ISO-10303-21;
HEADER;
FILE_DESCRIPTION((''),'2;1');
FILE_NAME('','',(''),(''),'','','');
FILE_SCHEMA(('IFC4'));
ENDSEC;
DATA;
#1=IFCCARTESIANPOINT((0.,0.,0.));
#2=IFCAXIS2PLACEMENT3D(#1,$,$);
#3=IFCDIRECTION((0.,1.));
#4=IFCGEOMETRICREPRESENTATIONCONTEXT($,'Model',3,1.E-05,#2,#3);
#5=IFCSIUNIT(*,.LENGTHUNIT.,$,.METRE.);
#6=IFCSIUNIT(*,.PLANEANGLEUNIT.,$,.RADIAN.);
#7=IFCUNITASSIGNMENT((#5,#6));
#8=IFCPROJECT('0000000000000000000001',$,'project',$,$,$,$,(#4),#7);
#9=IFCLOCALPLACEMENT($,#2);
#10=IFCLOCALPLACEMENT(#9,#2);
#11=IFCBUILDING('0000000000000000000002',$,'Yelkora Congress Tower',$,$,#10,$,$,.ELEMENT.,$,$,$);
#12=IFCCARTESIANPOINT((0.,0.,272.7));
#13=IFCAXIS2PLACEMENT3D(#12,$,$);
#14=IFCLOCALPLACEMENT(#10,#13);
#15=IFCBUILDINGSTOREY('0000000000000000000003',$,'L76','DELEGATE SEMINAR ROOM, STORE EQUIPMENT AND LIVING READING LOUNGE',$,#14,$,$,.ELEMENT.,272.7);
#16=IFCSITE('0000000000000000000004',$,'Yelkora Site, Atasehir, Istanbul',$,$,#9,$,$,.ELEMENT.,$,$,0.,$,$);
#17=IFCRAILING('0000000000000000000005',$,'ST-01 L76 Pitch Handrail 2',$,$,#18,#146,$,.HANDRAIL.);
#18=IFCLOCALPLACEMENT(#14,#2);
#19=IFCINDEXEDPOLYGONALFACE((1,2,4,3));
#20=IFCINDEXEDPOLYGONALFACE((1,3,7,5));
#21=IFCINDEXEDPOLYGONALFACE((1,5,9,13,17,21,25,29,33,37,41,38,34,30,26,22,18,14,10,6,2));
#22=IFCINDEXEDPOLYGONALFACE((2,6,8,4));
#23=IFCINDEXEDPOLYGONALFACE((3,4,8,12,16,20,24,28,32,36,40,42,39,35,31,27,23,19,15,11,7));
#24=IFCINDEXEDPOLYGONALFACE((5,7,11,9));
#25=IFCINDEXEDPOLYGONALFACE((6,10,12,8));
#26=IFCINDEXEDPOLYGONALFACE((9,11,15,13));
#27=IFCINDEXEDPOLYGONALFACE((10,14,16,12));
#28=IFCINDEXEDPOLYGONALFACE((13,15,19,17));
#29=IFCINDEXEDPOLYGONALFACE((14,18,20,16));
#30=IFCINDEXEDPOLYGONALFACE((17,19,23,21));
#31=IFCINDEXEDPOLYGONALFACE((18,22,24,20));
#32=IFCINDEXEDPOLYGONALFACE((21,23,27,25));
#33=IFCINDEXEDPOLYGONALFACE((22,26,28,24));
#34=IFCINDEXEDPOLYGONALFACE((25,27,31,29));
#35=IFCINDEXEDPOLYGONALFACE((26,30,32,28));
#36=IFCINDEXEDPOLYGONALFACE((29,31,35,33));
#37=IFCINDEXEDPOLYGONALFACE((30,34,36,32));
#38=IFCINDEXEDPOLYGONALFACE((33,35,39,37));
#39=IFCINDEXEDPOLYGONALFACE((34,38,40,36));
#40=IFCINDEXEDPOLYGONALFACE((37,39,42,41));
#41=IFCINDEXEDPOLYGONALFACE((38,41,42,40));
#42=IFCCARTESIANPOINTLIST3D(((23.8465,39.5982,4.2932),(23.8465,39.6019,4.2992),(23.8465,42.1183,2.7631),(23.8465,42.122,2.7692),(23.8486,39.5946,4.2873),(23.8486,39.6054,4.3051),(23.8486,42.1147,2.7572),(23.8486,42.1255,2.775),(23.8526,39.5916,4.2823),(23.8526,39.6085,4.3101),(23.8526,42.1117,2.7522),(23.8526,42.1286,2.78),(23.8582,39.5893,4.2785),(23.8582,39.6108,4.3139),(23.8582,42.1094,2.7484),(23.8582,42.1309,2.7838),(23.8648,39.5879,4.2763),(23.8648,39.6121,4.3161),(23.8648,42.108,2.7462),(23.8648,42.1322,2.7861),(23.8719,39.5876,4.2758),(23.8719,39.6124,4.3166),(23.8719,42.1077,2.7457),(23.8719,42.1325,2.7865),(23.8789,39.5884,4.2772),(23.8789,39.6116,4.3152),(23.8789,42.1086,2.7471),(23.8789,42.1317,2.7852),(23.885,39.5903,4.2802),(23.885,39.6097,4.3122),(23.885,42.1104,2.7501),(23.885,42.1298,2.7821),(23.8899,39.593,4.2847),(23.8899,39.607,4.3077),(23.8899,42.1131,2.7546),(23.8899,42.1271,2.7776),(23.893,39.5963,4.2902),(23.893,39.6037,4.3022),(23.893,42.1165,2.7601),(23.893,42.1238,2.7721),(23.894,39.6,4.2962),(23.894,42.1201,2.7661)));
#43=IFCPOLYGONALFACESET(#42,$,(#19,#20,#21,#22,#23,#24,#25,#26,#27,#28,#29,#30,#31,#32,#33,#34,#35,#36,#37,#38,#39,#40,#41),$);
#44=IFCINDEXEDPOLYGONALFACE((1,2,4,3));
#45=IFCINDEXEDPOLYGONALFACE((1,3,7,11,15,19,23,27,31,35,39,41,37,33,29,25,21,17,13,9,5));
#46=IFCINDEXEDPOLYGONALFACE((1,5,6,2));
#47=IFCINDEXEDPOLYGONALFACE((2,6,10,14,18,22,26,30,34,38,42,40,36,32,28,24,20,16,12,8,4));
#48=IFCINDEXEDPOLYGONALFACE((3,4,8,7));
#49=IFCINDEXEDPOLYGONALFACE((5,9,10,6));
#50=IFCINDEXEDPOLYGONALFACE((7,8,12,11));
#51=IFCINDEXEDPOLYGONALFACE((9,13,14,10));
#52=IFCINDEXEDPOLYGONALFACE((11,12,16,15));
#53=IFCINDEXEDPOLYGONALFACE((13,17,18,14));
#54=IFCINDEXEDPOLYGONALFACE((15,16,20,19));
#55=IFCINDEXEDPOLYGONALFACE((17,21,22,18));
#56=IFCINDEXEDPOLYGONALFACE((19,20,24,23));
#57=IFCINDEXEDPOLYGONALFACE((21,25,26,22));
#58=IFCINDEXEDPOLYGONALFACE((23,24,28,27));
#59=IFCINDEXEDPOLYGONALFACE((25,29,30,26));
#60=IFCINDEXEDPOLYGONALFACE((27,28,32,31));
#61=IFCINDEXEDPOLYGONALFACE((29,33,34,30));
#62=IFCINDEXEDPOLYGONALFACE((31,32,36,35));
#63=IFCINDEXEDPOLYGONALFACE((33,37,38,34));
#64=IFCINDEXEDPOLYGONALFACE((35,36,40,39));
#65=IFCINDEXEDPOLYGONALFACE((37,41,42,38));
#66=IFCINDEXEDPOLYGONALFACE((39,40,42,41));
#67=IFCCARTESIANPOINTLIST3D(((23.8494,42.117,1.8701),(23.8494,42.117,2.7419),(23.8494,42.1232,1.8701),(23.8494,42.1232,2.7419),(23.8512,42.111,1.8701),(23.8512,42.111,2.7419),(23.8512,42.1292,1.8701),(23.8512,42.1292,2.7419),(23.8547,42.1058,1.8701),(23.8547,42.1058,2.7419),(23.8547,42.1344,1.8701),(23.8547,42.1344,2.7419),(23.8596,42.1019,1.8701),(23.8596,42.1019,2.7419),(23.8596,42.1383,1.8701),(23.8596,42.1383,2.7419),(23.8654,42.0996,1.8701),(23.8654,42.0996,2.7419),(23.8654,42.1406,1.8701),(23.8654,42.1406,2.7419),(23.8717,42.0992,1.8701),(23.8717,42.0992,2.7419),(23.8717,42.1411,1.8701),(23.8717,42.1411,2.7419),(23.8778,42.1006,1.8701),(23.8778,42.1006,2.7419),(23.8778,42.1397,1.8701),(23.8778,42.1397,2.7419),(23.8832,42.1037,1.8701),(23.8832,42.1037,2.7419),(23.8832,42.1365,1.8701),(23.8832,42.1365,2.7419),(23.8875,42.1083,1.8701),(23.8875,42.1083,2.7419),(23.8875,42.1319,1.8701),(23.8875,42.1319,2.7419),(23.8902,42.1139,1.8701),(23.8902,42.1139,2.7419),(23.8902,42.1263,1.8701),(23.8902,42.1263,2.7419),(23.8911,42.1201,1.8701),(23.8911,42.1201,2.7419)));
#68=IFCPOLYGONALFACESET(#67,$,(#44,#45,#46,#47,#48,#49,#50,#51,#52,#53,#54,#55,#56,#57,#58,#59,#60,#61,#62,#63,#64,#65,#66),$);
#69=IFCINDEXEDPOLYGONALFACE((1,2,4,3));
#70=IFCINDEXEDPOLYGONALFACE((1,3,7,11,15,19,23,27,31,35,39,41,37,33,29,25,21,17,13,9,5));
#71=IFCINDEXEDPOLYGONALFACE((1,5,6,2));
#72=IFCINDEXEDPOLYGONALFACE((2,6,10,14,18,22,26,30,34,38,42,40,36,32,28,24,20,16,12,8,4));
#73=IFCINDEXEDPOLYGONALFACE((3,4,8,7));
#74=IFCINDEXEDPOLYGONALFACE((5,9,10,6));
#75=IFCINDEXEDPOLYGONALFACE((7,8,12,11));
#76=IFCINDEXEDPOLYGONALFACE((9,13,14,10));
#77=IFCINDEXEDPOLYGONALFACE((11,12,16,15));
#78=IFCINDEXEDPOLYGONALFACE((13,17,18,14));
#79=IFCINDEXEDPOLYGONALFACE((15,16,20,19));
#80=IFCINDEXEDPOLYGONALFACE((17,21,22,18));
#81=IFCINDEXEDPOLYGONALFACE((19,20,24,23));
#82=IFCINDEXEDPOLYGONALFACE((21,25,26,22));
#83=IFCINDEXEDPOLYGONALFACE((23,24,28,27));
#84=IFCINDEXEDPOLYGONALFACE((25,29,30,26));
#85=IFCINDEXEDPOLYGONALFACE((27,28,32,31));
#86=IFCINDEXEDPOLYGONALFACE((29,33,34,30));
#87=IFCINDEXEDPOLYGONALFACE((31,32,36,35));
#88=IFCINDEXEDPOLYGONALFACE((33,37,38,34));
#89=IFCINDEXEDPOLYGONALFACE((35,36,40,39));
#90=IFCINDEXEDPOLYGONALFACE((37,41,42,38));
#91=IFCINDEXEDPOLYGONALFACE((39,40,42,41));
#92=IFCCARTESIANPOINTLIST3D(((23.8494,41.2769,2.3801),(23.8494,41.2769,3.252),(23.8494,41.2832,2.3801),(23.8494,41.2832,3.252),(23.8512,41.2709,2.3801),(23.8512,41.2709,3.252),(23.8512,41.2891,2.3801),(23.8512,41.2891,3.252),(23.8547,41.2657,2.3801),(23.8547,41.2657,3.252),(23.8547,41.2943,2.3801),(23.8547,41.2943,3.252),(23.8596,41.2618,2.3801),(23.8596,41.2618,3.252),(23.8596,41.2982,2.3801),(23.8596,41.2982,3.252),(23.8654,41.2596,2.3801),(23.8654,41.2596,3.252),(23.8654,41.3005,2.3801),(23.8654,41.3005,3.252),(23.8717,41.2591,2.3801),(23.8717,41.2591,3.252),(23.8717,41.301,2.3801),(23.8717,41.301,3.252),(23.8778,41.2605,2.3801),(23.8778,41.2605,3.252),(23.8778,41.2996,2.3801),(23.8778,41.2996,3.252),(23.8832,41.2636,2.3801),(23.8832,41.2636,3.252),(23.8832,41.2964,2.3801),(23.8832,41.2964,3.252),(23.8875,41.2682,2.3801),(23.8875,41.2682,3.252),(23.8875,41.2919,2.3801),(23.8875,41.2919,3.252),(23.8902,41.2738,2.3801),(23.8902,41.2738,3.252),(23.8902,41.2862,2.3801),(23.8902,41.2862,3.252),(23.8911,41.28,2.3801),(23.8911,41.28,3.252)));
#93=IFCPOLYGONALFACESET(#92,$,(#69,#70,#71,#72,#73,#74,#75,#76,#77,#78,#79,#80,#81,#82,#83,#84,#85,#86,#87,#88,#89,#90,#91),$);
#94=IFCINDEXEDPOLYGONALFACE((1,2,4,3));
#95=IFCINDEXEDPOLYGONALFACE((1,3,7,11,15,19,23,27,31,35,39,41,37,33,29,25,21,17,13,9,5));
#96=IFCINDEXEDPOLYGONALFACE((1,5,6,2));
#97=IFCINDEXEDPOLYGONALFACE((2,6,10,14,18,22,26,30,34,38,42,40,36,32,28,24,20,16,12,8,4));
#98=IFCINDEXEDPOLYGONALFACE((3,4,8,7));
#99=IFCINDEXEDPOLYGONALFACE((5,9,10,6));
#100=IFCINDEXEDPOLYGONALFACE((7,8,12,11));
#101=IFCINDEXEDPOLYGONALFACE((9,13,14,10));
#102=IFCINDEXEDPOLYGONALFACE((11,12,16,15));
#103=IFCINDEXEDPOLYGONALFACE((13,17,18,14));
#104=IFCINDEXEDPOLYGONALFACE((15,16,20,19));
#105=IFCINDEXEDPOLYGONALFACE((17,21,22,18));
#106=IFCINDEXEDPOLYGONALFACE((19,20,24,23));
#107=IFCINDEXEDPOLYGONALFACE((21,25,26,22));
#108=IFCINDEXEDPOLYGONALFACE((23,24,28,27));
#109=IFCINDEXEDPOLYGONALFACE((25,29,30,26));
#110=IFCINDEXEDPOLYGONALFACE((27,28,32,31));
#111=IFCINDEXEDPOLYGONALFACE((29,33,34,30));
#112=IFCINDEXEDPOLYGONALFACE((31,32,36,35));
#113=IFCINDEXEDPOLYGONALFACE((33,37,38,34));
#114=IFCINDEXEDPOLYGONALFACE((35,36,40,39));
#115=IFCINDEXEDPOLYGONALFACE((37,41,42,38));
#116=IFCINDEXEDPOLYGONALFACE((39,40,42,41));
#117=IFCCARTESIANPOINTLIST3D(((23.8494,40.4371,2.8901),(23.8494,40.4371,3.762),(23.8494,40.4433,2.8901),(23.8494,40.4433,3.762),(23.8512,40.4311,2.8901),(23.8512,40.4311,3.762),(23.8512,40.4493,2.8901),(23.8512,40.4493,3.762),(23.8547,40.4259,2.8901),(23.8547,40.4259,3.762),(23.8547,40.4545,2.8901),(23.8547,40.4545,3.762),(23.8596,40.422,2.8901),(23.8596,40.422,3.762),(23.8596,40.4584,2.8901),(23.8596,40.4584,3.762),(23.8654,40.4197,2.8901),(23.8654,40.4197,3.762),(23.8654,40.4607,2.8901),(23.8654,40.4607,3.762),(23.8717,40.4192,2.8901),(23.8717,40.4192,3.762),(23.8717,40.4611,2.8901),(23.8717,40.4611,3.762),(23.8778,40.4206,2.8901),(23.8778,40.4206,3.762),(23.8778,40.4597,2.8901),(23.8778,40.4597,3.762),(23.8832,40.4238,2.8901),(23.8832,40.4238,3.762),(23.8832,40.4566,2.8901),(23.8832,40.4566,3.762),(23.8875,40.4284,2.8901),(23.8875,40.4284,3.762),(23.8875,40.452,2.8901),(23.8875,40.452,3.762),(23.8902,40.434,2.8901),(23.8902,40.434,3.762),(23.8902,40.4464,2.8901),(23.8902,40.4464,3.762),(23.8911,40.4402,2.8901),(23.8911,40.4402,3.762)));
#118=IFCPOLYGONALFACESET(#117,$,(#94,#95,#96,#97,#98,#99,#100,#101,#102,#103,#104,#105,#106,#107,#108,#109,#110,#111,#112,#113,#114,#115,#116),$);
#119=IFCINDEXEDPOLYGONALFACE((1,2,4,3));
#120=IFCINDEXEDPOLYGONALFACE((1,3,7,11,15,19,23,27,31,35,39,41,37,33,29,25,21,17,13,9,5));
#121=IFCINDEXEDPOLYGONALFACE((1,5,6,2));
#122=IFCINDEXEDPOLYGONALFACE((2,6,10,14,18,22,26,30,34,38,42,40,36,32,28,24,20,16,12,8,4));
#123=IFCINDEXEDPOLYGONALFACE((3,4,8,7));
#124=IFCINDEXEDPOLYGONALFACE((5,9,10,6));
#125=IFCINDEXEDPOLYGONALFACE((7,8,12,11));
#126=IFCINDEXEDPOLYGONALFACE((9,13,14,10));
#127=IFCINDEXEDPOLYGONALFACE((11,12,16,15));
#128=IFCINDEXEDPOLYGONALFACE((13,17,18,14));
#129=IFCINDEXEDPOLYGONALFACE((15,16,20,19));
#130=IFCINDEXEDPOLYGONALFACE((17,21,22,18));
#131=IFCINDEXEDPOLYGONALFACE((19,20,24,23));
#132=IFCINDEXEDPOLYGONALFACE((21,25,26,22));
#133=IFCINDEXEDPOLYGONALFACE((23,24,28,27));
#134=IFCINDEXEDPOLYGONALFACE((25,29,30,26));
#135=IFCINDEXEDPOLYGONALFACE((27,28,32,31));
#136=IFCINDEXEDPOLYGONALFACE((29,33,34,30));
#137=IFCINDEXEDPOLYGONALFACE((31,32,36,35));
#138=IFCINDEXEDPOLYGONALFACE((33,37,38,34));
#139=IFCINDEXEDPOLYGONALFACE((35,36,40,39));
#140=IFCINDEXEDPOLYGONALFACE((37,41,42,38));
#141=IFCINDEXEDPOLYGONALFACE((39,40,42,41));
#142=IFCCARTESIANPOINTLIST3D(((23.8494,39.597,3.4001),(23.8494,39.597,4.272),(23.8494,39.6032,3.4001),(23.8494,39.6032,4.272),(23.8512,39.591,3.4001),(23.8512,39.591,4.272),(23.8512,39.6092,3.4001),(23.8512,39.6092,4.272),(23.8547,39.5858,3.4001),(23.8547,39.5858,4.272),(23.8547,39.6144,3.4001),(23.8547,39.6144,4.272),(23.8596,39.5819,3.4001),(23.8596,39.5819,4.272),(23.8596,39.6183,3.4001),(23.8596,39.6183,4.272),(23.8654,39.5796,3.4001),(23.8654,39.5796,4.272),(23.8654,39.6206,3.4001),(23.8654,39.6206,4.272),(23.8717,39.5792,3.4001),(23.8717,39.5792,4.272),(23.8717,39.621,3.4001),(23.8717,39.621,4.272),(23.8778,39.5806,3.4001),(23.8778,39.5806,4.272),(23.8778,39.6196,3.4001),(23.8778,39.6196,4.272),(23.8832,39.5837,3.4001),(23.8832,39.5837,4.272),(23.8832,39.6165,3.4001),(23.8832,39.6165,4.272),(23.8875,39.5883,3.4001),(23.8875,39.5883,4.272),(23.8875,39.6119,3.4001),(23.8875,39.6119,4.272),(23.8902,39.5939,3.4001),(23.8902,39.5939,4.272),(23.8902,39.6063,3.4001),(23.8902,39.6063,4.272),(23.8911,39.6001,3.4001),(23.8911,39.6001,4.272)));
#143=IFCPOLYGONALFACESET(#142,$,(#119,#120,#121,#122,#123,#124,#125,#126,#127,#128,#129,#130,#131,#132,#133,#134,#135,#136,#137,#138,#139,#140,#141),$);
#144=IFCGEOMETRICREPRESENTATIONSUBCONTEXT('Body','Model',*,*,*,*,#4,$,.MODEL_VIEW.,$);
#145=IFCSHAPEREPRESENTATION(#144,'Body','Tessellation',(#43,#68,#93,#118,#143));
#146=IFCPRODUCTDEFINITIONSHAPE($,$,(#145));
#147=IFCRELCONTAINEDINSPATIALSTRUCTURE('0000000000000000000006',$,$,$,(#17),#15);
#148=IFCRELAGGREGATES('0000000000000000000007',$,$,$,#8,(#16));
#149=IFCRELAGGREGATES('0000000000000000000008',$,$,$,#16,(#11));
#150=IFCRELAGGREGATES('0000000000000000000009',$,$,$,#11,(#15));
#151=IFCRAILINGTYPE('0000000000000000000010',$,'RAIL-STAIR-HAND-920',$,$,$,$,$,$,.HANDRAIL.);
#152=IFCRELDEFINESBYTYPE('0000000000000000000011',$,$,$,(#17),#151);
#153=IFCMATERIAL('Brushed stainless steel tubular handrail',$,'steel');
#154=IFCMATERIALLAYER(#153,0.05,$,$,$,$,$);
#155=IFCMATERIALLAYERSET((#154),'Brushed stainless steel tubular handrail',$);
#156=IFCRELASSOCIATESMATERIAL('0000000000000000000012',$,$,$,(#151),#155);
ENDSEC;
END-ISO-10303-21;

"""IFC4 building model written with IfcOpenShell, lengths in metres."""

from ifc_helpers import new_model, si_unit, direction, frame, origin, origin_2d, place, context, subcontext, project, spatial, circle, extrude, material, layer, layer_set, type_object, element, save


model = new_model("IFC4")

# Units and contexts
model_context = context("Model", 3, precision=1e-05, world=origin(), true_north=direction((0.0, 1.0)))
body_context = subcontext(model_context, "Body", "Model", "MODEL_VIEW")
ifc_project = project(units=[si_unit("LENGTHUNIT", "METRE"), si_unit("PLANEANGLEUNIT", "RADIAN")], contexts=[model_context])

# Site, building, storey
site_placement = place(None, origin())
site = spatial("IfcSite", under=ifc_project, at=site_placement, Name="Yelkora Site, Atasehir, Istanbul", CompositionType="ELEMENT", RefElevation=0.0)
building_placement = place(site_placement, origin())
building = spatial("IfcBuilding", under=site, at=building_placement, Name="Yelkora Congress Tower", CompositionType="ELEMENT")
storey_placement = place(building_placement, frame((0.0, 0.0, 272.7)))
storey = spatial("IfcBuildingStorey", under=building, at=storey_placement, Name="L76", Description="DELEGATE SEMINAR ROOM, STORE EQUIPMENT AND LIVING READING LOUNGE", CompositionType="ELEMENT", Elevation=272.7)

# Railing
ifc_material_1 = material(Name="Brushed stainless steel tubular handrail", Category="steel")
ifc_layer_1 = layer(ifc_material_1, 0.05)
ifc_layer_set_1 = layer_set([ifc_layer_1], Name="Brushed stainless steel tubular handrail")
railing_type_1 = type_object("IfcRailingType", Name="RAIL-STAIR-HAND-920", PredefinedType="HANDRAIL", material=ifc_layer_set_1)
railing_1_placement = place(storey_placement, frame((23.8701, 42.1201, 1.8701)))
element("IfcRailing", 1, at=railing_1_placement, inside=storey, type_object=railing_type_1, Name="ST-01 L76 Pitch Handrail 2", PredefinedType="HANDRAIL", context=body_context, shape_type="SweptSolid", body=[
    extrude(circle(Radius=0.0239, at=origin_2d()), frame((0.0, 0.0, 0.896), z_axis=(0.0, -0.854785, 0.518982), x_axis=(1.0, 0.0, 0.0)), (0.0, 0.0, 1.0), 2.9482),
    extrude(circle(Radius=0.021, at=origin_2d()), origin(), (0.0, 0.0, 1.0), 0.8718),
    extrude(circle(Radius=0.021, at=origin_2d()), frame((0.0, -0.8401, 0.51)), (0.0, 0.0, 1.0), 0.8718),
    extrude(circle(Radius=0.021, at=origin_2d()), frame((0.0, -1.6799, 1.02)), (0.0, 0.0, 1.0), 0.8718),
    extrude(circle(Radius=0.021, at=origin_2d()), frame((0.0, -2.52, 1.53)), (0.0, 0.0, 1.0), 0.8718),
])

save(model, "model.ifc")
